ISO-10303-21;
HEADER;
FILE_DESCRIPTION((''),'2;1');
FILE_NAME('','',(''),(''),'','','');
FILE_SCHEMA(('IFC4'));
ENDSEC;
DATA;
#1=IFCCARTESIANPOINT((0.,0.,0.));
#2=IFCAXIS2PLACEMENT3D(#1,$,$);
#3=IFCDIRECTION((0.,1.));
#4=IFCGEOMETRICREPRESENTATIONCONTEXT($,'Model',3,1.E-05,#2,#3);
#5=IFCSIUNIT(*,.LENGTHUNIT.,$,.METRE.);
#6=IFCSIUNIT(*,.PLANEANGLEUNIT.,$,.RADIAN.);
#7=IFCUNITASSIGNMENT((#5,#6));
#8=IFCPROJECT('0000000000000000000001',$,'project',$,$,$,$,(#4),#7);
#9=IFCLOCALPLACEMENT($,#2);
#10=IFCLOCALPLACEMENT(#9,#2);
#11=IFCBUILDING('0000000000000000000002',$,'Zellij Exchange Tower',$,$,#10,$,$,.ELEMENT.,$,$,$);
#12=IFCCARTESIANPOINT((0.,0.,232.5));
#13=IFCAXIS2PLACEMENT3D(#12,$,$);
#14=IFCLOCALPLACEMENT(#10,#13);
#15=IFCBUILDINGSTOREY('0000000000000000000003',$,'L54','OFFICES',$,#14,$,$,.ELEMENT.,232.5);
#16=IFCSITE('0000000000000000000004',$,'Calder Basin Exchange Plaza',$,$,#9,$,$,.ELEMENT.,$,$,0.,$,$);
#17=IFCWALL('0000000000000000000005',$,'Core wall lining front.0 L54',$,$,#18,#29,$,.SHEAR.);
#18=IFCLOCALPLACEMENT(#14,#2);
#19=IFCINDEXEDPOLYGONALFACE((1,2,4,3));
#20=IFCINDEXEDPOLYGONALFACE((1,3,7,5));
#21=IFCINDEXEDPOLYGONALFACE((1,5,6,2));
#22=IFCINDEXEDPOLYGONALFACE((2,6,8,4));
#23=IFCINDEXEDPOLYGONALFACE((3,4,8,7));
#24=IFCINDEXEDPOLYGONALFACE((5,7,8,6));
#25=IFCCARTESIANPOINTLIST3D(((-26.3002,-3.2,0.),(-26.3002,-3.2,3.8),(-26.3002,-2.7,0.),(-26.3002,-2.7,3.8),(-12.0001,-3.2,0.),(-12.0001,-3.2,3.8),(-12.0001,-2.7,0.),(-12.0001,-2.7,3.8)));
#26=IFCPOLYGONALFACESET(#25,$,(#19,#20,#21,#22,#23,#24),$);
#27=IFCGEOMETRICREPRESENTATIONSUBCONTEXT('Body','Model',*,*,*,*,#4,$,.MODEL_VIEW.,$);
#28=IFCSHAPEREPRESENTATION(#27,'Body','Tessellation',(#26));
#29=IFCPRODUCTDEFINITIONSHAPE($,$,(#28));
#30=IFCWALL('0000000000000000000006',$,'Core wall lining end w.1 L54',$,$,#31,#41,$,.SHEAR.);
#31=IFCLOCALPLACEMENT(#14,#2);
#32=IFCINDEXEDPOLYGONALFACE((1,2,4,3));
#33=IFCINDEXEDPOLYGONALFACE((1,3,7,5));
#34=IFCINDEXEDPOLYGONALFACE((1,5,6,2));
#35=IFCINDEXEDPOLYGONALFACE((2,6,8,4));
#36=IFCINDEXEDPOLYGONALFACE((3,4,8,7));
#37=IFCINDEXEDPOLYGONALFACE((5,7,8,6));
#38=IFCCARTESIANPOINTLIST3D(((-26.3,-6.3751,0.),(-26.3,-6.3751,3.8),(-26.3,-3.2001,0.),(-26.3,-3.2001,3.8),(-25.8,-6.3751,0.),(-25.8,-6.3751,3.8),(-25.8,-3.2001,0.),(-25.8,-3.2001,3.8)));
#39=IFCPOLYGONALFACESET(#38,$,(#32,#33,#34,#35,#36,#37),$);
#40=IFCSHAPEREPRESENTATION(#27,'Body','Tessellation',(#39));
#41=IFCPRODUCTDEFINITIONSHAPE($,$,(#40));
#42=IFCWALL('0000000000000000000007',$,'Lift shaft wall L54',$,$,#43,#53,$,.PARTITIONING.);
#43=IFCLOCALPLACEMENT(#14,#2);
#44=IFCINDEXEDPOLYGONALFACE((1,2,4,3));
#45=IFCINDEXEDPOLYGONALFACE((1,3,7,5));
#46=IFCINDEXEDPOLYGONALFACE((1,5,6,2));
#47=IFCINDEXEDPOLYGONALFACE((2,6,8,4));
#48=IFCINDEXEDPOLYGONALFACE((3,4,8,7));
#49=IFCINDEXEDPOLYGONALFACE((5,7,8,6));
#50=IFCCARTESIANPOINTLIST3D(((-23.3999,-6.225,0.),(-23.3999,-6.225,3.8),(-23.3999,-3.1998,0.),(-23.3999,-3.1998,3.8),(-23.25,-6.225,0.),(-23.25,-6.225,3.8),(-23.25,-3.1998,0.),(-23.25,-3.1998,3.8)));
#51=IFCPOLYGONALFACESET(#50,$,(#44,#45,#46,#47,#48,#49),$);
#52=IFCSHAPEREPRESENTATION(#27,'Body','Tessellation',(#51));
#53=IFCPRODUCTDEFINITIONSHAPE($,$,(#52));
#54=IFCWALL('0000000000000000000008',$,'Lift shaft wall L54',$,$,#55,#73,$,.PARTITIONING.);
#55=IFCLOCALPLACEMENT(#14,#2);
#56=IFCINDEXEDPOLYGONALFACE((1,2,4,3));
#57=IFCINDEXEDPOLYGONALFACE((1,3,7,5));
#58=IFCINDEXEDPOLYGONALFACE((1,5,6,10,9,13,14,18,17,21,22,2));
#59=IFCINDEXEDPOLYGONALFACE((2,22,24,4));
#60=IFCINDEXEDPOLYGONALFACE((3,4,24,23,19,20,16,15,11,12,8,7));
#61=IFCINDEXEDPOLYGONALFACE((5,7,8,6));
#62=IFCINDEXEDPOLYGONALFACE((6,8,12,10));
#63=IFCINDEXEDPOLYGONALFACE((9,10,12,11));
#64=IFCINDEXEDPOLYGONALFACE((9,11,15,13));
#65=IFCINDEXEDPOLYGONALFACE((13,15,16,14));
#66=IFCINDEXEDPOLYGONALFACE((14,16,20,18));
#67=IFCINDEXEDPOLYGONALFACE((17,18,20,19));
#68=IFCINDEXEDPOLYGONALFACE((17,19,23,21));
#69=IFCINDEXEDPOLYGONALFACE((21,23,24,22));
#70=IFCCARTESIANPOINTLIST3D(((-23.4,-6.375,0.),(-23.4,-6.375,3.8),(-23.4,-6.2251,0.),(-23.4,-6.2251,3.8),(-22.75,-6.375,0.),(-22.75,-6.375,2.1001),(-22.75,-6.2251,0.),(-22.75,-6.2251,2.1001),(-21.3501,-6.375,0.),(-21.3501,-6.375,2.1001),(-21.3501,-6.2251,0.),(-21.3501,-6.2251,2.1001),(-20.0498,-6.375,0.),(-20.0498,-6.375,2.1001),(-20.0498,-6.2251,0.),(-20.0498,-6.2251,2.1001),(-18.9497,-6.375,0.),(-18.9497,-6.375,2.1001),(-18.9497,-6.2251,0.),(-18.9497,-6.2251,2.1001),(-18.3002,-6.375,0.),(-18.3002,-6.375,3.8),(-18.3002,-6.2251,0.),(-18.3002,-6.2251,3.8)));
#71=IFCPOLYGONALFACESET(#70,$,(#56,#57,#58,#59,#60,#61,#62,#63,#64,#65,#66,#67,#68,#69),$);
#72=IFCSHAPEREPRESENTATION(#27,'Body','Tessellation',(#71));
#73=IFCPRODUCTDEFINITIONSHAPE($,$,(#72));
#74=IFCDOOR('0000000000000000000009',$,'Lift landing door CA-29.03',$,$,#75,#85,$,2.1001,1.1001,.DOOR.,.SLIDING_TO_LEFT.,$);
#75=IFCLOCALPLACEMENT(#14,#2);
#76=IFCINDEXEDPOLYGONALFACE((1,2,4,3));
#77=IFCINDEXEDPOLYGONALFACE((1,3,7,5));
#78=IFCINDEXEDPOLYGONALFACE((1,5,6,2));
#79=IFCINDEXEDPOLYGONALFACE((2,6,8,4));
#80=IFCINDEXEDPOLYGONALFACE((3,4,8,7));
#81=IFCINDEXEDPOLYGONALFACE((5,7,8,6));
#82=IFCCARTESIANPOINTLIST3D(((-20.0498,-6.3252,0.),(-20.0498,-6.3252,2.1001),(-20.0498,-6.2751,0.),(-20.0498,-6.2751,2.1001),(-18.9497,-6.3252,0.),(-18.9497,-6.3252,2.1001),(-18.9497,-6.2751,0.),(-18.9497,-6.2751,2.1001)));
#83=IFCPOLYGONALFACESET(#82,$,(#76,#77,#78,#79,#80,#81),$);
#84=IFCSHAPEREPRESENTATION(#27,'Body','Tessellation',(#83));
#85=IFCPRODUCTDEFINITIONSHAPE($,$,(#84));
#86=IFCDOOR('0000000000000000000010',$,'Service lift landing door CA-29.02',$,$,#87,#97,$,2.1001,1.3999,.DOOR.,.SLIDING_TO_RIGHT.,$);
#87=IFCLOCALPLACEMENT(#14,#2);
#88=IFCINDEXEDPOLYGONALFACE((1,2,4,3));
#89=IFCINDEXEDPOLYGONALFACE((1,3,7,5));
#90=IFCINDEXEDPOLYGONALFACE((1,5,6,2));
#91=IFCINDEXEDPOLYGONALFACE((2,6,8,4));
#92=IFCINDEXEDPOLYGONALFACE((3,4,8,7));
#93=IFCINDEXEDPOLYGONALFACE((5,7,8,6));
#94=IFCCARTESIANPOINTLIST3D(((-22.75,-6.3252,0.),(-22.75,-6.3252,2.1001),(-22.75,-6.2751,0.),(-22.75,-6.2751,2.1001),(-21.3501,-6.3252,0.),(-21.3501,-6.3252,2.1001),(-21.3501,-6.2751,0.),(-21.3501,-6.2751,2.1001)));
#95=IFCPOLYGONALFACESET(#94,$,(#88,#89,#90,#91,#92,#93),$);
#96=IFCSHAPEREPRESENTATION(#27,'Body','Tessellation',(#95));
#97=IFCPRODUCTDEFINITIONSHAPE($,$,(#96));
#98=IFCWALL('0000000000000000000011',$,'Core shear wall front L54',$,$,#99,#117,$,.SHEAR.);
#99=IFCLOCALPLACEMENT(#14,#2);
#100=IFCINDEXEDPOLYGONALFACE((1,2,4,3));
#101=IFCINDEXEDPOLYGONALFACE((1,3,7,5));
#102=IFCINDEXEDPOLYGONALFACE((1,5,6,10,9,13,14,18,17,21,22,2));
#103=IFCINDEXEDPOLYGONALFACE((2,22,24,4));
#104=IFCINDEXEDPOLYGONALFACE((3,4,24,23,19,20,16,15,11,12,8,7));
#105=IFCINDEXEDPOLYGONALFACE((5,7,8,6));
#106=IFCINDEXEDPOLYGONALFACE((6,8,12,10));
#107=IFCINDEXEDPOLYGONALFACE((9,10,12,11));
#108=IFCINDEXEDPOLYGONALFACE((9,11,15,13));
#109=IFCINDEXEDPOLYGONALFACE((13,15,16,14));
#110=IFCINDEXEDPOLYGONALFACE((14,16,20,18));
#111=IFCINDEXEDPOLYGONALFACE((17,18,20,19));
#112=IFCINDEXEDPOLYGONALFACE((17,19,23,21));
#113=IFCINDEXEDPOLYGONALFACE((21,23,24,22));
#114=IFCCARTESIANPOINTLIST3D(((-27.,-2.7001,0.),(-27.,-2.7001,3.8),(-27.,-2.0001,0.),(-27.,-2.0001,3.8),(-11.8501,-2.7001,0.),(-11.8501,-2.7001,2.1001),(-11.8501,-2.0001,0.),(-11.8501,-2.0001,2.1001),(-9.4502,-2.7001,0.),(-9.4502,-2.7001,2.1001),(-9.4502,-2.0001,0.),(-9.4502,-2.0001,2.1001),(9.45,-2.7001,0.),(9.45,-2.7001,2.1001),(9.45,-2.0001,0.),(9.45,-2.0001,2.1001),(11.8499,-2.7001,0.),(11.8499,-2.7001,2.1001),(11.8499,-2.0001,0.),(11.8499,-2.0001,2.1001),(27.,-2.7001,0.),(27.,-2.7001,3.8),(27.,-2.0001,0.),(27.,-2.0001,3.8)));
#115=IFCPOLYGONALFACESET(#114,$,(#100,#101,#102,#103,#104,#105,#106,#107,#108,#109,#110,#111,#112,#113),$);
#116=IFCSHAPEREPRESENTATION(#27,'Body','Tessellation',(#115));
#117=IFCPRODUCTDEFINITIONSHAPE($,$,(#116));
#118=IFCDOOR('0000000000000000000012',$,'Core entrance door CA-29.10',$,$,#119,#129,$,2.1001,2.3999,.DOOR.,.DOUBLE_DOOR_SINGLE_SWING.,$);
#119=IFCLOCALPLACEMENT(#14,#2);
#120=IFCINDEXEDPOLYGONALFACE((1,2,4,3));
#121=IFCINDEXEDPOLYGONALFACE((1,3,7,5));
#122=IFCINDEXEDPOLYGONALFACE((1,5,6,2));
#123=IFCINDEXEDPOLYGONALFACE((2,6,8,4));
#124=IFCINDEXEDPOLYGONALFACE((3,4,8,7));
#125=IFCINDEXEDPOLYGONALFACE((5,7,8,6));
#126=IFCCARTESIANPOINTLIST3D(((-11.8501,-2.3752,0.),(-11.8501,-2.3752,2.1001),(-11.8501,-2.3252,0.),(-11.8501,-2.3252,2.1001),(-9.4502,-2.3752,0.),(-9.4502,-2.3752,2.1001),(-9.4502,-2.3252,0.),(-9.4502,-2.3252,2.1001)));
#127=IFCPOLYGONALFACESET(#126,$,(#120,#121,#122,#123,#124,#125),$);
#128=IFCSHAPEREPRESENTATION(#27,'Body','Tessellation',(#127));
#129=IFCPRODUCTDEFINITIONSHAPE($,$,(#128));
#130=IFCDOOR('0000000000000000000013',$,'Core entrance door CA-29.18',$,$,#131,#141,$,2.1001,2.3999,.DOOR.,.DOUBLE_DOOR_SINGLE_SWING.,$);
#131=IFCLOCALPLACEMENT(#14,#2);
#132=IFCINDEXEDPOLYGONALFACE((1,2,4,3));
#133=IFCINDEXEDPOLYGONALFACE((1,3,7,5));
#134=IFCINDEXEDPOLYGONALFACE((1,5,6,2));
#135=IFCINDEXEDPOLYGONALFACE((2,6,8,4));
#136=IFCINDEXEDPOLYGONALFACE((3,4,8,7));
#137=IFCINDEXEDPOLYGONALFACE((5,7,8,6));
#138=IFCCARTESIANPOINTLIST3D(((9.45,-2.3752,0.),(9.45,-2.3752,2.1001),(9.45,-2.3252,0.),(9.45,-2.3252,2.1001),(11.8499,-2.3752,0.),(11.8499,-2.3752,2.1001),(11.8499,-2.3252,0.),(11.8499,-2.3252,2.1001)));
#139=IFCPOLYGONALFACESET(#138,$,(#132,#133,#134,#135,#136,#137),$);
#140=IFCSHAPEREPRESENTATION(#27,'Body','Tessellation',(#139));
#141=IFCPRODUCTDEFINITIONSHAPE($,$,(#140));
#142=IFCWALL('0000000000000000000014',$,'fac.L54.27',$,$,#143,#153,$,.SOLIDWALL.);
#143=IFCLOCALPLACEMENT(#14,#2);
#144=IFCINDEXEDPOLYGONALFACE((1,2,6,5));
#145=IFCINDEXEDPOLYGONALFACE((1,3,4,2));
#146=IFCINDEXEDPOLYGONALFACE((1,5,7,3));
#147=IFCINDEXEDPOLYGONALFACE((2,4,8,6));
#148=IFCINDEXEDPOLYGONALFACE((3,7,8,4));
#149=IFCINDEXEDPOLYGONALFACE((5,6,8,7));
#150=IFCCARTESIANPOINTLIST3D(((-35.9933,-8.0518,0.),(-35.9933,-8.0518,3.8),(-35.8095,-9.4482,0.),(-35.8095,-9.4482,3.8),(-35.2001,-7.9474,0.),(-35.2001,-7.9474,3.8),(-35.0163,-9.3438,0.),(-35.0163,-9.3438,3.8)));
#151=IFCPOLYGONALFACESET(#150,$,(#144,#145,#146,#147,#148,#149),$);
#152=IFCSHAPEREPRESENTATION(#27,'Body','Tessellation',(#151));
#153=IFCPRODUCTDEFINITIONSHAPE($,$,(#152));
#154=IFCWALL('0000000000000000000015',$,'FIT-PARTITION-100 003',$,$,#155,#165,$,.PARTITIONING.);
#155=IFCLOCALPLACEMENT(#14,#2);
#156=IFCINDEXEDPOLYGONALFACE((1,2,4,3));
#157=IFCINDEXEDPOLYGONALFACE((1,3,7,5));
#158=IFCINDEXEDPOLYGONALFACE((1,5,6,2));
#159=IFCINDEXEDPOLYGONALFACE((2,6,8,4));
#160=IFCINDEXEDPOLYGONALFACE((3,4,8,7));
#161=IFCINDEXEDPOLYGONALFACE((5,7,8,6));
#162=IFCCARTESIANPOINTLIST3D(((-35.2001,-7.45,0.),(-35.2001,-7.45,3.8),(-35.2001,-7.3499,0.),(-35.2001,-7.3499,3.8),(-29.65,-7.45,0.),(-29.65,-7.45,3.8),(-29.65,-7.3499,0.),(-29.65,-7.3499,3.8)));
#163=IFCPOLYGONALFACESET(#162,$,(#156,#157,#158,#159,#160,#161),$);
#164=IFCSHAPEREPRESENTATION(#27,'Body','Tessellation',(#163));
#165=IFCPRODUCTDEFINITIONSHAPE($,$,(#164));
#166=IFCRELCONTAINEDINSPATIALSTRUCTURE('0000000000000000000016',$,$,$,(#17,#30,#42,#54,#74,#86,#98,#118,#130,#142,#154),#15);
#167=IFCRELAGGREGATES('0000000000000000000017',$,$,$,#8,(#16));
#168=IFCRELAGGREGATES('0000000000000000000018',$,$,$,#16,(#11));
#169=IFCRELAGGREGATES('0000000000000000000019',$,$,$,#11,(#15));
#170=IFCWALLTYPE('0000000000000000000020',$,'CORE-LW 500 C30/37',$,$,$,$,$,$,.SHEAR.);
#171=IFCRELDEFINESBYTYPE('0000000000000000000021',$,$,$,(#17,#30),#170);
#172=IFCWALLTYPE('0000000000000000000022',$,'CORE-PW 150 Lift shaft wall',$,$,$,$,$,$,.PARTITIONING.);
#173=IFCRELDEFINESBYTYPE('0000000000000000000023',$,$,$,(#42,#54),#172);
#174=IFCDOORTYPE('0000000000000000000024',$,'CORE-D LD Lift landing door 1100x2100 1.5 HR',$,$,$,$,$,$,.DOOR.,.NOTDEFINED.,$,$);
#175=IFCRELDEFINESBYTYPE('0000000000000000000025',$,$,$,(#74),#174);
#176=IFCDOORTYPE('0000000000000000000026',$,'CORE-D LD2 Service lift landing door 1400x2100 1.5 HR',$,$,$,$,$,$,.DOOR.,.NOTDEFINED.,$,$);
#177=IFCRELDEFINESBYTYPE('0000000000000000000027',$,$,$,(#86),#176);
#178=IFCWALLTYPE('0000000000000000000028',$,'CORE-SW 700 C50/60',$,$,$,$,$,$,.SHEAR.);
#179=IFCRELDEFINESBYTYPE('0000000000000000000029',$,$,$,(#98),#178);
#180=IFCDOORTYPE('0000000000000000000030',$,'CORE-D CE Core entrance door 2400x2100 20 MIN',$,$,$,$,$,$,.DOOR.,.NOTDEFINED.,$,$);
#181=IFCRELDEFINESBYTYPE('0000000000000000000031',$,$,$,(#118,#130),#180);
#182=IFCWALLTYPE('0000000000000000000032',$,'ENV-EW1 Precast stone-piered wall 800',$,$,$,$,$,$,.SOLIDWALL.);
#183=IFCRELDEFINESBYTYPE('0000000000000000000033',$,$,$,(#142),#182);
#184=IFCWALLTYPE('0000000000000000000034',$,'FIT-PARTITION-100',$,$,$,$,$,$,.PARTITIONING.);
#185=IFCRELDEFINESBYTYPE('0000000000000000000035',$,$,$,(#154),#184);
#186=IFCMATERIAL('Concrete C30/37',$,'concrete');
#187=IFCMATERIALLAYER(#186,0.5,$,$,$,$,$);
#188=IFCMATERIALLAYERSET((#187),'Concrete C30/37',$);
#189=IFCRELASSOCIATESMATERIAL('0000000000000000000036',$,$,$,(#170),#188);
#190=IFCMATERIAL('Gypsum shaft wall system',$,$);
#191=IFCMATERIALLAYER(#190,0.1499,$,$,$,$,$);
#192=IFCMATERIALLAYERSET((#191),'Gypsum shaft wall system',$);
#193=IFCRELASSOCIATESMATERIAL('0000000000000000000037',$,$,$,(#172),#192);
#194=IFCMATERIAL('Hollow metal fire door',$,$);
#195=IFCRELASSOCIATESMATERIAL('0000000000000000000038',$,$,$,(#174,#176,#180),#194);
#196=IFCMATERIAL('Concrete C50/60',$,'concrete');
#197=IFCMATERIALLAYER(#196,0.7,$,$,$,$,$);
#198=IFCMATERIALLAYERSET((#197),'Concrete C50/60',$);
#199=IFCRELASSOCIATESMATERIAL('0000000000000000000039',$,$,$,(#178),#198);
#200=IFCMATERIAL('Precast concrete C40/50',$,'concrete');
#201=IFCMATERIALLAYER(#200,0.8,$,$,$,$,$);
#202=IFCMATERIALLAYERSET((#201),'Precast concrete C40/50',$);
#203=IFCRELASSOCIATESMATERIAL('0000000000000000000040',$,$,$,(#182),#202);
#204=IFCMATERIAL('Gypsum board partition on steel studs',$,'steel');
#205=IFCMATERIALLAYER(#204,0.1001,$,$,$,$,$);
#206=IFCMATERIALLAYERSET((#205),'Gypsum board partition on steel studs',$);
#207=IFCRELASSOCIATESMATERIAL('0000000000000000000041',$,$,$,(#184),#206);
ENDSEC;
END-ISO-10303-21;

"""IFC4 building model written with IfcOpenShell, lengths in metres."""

from ifc_helpers import new_model, si_unit, direction, frame, frame_2d, origin, place, context, subcontext, project, spatial, rectangle, extrude, material, layer, layer_set, type_object, element, fill, save


model = new_model("IFC4")

# Units and contexts
model_context = context("Model", 3, precision=1e-05, world=origin(), true_north=direction((0.0, 1.0)))
body_context = subcontext(model_context, "Body", "Model", "MODEL_VIEW")
ifc_project = project(units=[si_unit("LENGTHUNIT", "METRE"), si_unit("PLANEANGLEUNIT", "RADIAN")], contexts=[model_context])

# Site, building, storey
site_placement = place(None, origin())
site = spatial("IfcSite", under=ifc_project, at=site_placement, Name="Calder Basin Exchange Plaza", CompositionType="ELEMENT", RefElevation=0.0)
building_placement = place(site_placement, origin())
building = spatial("IfcBuilding", under=site, at=building_placement, Name="Zellij Exchange Tower", CompositionType="ELEMENT")
storey_placement = place(building_placement, frame((0.0, 0.0, 232.5)))
storey = spatial("IfcBuildingStorey", under=building, at=storey_placement, Name="L54", Description="OFFICES", CompositionType="ELEMENT", Elevation=232.5)

# Shared definitions
ifc_material_1 = material(Name="Concrete C50/60", Category="concrete")

# Walls
ifc_material_2 = material(Name="Concrete C30/37", Category="concrete")
ifc_layer_1 = layer(ifc_material_2, 0.5)
ifc_layer_set_1 = layer_set([ifc_layer_1], Name="Concrete C30/37")
wall_type_1 = type_object("IfcWallType", Name="CORE-LW 500 C30/37", PredefinedType="SHEAR", material=ifc_layer_set_1)
wall_1_placement = place(storey_placement, frame((-26.3, -2.95, 0.0), z_axis=(0.0, 0.0, 1.0), x_axis=(1.0, 0.0, 0.0)))
element("IfcWall", 1, at=wall_1_placement, inside=storey, type_object=wall_type_1, Name="Core wall lining front.0 L54", PredefinedType="SHEAR", context=body_context, shape_type="SweptSolid", body=[
    extrude(rectangle(XDim=14.3, YDim=0.5, at=frame_2d((7.1499, 0.0))), origin(), (0.0, 0.0, 1.0), 3.8),
])
wall_2_placement = place(storey_placement, frame((-26.05, -6.375, 0.0), z_axis=(0.0, 0.0, 1.0), x_axis=(0.0, 1.0, 0.0)))
element("IfcWall", 2, at=wall_2_placement, inside=storey, type_object=wall_type_1, Name="Core wall lining end w.1 L54", PredefinedType="SHEAR", context=body_context, shape_type="SweptSolid", body=[
    extrude(rectangle(XDim=3.175, YDim=0.5, at=frame_2d((1.5874, 0.0))), origin(), (0.0, 0.0, 1.0), 3.8),
])
ifc_material_3 = material(Name="Gypsum shaft wall system")
ifc_layer_2 = layer(ifc_material_3, 0.1499)
ifc_layer_set_2 = layer_set([ifc_layer_2], Name="Gypsum shaft wall system")
wall_type_2 = type_object("IfcWallType", Name="CORE-PW 150 Lift shaft wall", PredefinedType="PARTITIONING", material=ifc_layer_set_2)
wall_3_placement = place(storey_placement, frame((-23.325, -6.2251, 0.0), z_axis=(0.0, 0.0, 1.0), x_axis=(0.0, 1.0, 0.0)))
element("IfcWall", 3, at=wall_3_placement, inside=storey, type_object=wall_type_2, Name="Lift shaft wall L54", PredefinedType="PARTITIONING", context=body_context, shape_type="SweptSolid", body=[
    extrude(rectangle(XDim=3.0251, YDim=0.1499, at=frame_2d((1.5127, 0.0))), origin(), (0.0, 0.0, 1.0), 3.8),
])

# Walls, openings, doors
wall_4_placement = place(storey_placement, frame((-23.3999, -6.3, 0.0), z_axis=(0.0, 0.0, 1.0), x_axis=(1.0, 0.0, 0.0)))
wall_4 = element("IfcWall", 4, at=wall_4_placement, inside=storey, type_object=wall_type_2, Name="Lift shaft wall L54", PredefinedType="PARTITIONING", context=body_context, shape_type="SweptSolid", body=[
    extrude(rectangle(XDim=5.0999, YDim=0.1499, at=frame_2d((2.5498, 0.0))), origin(), (0.0, 0.0, 1.0), 3.8),
])
opening_1_placement = place(wall_4_placement, frame((0.6499, 0.0, 0.0)))
opening_1 = element("IfcOpeningElement", 5, at=opening_1_placement, cuts=wall_4, PredefinedType="OPENING", context=body_context, shape_type="SweptSolid", body=[
    extrude(rectangle(XDim=1.3999, YDim=2.1001, at=frame_2d((0.7, 1.05))), frame((0.0, 0.0869, 0.0), z_axis=(0.0, -1.0, 0.0), x_axis=(1.0, 0.0, 0.0)), (0.0, 0.0, 1.0), 0.1738),
])
opening_2_placement = place(wall_4_placement, frame((3.3501, 0.0, 0.0)))
opening_2 = element("IfcOpeningElement", 6, at=opening_2_placement, cuts=wall_4, PredefinedType="OPENING", context=body_context, shape_type="SweptSolid", body=[
    extrude(rectangle(XDim=1.1001, YDim=2.1001, at=frame_2d((0.55, 1.05))), frame((0.0, 0.0869, 0.0), z_axis=(0.0, -1.0, 0.0), x_axis=(1.0, 0.0, 0.0)), (0.0, 0.0, 1.0), 0.1738),
])
ifc_material_4 = material(Name="Hollow metal fire door")
door_type_1 = type_object("IfcDoorType", Name="CORE-D LD Lift landing door 1100x2100 1.5 HR", OperationType="NOTDEFINED", PredefinedType="DOOR", material=ifc_material_4)
door_1_placement = place(opening_2_placement, origin())
door_1 = element("IfcDoor", 7, at=door_1_placement, inside=storey, type_object=door_type_1, Name="Lift landing door CA-29.03", OperationType="SLIDING_TO_LEFT", OverallHeight=2.1001, OverallWidth=1.1001, PredefinedType="DOOR", context=body_context, shape_type="SweptSolid", body=[
    extrude(rectangle(XDim=1.1001, YDim=2.1001, at=frame_2d((0.55, 1.05))), frame((0.0, 0.0249, 0.0), z_axis=(0.0, -1.0, 0.0), x_axis=(1.0, 0.0, 0.0)), (0.0, 0.0, 1.0), 0.05),
])
fill(opening_2, door_1)
door_type_2 = type_object("IfcDoorType", Name="CORE-D LD2 Service lift landing door 1400x2100 1.5 HR", OperationType="NOTDEFINED", PredefinedType="DOOR", material=ifc_material_4)
door_2_placement = place(opening_1_placement, origin())
door_2 = element("IfcDoor", 8, at=door_2_placement, inside=storey, type_object=door_type_2, Name="Service lift landing door CA-29.02", OperationType="SLIDING_TO_RIGHT", OverallHeight=2.1001, OverallWidth=1.3999, PredefinedType="DOOR", context=body_context, shape_type="SweptSolid", body=[
    extrude(rectangle(XDim=1.3999, YDim=2.1001, at=frame_2d((0.7, 1.05))), frame((0.0, 0.0249, 0.0), z_axis=(0.0, -1.0, 0.0), x_axis=(1.0, 0.0, 0.0)), (0.0, 0.0, 1.0), 0.05),
])
fill(opening_1, door_2)
ifc_layer_3 = layer(ifc_material_1, 0.7)
ifc_layer_set_3 = layer_set([ifc_layer_3], Name="Concrete C50/60")
wall_type_3 = type_object("IfcWallType", Name="CORE-SW 700 C50/60", PredefinedType="SHEAR", material=ifc_layer_set_3)
wall_5_placement = place(storey_placement, frame((-27.0, -2.3501, 0.0), z_axis=(0.0, 0.0, 1.0), x_axis=(1.0, 0.0, 0.0)))
wall_5 = element("IfcWall", 9, at=wall_5_placement, inside=storey, type_object=wall_type_3, Name="Core shear wall front L54", PredefinedType="SHEAR", context=body_context, shape_type="SweptSolid", body=[
    extrude(rectangle(XDim=54.0, YDim=0.7, at=frame_2d((27.0, 0.0))), origin(), (0.0, 0.0, 1.0), 3.8),
])
opening_3_placement = place(wall_5_placement, frame((15.1499, 0.0, 0.0)))
opening_3 = element("IfcOpeningElement", 10, at=opening_3_placement, cuts=wall_5, PredefinedType="OPENING", context=body_context, shape_type="SweptSolid", body=[
    extrude(rectangle(XDim=2.3999, YDim=2.1001, at=frame_2d((1.2, 1.05))), frame((0.0, 0.3618, 0.0), z_axis=(0.0, -1.0, 0.0), x_axis=(1.0, 0.0, 0.0)), (0.0, 0.0, 1.0), 0.7239),
])
opening_4_placement = place(wall_5_placement, frame((36.45, 0.0, 0.0)))
opening_4 = element("IfcOpeningElement", 11, at=opening_4_placement, cuts=wall_5, PredefinedType="OPENING", context=body_context, shape_type="SweptSolid", body=[
    extrude(rectangle(XDim=2.3999, YDim=2.1001, at=frame_2d((1.2, 1.05))), frame((0.0, 0.3618, 0.0), z_axis=(0.0, -1.0, 0.0), x_axis=(1.0, 0.0, 0.0)), (0.0, 0.0, 1.0), 0.7239),
])
door_type_3 = type_object("IfcDoorType", Name="CORE-D CE Core entrance door 2400x2100 20 MIN", OperationType="NOTDEFINED", PredefinedType="DOOR", material=ifc_material_4)
door_3_placement = place(opening_3_placement, origin())
door_3 = element("IfcDoor", 12, at=door_3_placement, inside=storey, type_object=door_type_3, Name="Core entrance door CA-29.10", OperationType="DOUBLE_DOOR_SINGLE_SWING", OverallHeight=2.1001, OverallWidth=2.3999, PredefinedType="DOOR", context=body_context, shape_type="SweptSolid", body=[
    extrude(rectangle(XDim=2.3999, YDim=2.1001, at=frame_2d((1.2, 1.05))), frame((0.0, 0.0249, 0.0), z_axis=(0.0, -1.0, 0.0), x_axis=(1.0, 0.0, 0.0)), (0.0, 0.0, 1.0), 0.05),
])
fill(opening_3, door_3)
door_4_placement = place(opening_4_placement, origin())
door_4 = element("IfcDoor", 13, at=door_4_placement, inside=storey, type_object=door_type_3, Name="Core entrance door CA-29.18", OperationType="DOUBLE_DOOR_SINGLE_SWING", OverallHeight=2.1001, OverallWidth=2.3999, PredefinedType="DOOR", context=body_context, shape_type="SweptSolid", body=[
    extrude(rectangle(XDim=2.3999, YDim=2.1001, at=frame_2d((1.2, 1.05))), frame((0.0, 0.0249, 0.0), z_axis=(0.0, -1.0, 0.0), x_axis=(1.0, 0.0, 0.0)), (0.0, 0.0, 1.0), 0.05),
])
fill(opening_4, door_4)

# Walls
ifc_material_5 = material(Name="Precast concrete C40/50", Category="concrete")
ifc_layer_4 = layer(ifc_material_5, 0.8)
ifc_layer_set_4 = layer_set([ifc_layer_4], Name="Precast concrete C40/50")
wall_type_4 = type_object("IfcWallType", Name="ENV-EW1 Precast stone-piered wall 800", PredefinedType="SOLIDWALL", material=ifc_layer_set_4)
wall_6_placement = place(storey_placement, frame((-35.5967, -7.9998, 0.0), z_axis=(0.0, 0.0, 1.0), x_axis=(0.130517, -0.991446, 0.0)))
element("IfcWall", 14, at=wall_6_placement, inside=storey, type_object=wall_type_4, Name="fac.L54.27", PredefinedType="SOLIDWALL", context=body_context, shape_type="SweptSolid", body=[
    extrude(rectangle(XDim=1.4084, YDim=0.8, at=frame_2d((0.7041, 0.0))), origin(), (0.0, 0.0, 1.0), 3.8),
])
ifc_material_6 = material(Name="Gypsum board partition on steel studs", Category="steel")
ifc_layer_5 = layer(ifc_material_6, 0.1001)
ifc_layer_set_5 = layer_set([ifc_layer_5], Name="Gypsum board partition on steel studs")
wall_type_5 = type_object("IfcWallType", Name="FIT-PARTITION-100", PredefinedType="PARTITIONING", material=ifc_layer_set_5)
wall_7_placement = place(storey_placement, frame((-35.2, -7.3999, 0.0), z_axis=(0.0, 0.0, 1.0), x_axis=(1.0, 0.0, 0.0)))
element("IfcWall", 15, at=wall_7_placement, inside=storey, type_object=wall_type_5, Name="FIT-PARTITION-100 003", PredefinedType="PARTITIONING", context=body_context, shape_type="SweptSolid", body=[
    extrude(rectangle(XDim=5.55, YDim=0.1001, at=frame_2d((2.7749, 0.0))), origin(), (0.0, 0.0, 1.0), 3.8),
])

save(model, "model.ifc")
